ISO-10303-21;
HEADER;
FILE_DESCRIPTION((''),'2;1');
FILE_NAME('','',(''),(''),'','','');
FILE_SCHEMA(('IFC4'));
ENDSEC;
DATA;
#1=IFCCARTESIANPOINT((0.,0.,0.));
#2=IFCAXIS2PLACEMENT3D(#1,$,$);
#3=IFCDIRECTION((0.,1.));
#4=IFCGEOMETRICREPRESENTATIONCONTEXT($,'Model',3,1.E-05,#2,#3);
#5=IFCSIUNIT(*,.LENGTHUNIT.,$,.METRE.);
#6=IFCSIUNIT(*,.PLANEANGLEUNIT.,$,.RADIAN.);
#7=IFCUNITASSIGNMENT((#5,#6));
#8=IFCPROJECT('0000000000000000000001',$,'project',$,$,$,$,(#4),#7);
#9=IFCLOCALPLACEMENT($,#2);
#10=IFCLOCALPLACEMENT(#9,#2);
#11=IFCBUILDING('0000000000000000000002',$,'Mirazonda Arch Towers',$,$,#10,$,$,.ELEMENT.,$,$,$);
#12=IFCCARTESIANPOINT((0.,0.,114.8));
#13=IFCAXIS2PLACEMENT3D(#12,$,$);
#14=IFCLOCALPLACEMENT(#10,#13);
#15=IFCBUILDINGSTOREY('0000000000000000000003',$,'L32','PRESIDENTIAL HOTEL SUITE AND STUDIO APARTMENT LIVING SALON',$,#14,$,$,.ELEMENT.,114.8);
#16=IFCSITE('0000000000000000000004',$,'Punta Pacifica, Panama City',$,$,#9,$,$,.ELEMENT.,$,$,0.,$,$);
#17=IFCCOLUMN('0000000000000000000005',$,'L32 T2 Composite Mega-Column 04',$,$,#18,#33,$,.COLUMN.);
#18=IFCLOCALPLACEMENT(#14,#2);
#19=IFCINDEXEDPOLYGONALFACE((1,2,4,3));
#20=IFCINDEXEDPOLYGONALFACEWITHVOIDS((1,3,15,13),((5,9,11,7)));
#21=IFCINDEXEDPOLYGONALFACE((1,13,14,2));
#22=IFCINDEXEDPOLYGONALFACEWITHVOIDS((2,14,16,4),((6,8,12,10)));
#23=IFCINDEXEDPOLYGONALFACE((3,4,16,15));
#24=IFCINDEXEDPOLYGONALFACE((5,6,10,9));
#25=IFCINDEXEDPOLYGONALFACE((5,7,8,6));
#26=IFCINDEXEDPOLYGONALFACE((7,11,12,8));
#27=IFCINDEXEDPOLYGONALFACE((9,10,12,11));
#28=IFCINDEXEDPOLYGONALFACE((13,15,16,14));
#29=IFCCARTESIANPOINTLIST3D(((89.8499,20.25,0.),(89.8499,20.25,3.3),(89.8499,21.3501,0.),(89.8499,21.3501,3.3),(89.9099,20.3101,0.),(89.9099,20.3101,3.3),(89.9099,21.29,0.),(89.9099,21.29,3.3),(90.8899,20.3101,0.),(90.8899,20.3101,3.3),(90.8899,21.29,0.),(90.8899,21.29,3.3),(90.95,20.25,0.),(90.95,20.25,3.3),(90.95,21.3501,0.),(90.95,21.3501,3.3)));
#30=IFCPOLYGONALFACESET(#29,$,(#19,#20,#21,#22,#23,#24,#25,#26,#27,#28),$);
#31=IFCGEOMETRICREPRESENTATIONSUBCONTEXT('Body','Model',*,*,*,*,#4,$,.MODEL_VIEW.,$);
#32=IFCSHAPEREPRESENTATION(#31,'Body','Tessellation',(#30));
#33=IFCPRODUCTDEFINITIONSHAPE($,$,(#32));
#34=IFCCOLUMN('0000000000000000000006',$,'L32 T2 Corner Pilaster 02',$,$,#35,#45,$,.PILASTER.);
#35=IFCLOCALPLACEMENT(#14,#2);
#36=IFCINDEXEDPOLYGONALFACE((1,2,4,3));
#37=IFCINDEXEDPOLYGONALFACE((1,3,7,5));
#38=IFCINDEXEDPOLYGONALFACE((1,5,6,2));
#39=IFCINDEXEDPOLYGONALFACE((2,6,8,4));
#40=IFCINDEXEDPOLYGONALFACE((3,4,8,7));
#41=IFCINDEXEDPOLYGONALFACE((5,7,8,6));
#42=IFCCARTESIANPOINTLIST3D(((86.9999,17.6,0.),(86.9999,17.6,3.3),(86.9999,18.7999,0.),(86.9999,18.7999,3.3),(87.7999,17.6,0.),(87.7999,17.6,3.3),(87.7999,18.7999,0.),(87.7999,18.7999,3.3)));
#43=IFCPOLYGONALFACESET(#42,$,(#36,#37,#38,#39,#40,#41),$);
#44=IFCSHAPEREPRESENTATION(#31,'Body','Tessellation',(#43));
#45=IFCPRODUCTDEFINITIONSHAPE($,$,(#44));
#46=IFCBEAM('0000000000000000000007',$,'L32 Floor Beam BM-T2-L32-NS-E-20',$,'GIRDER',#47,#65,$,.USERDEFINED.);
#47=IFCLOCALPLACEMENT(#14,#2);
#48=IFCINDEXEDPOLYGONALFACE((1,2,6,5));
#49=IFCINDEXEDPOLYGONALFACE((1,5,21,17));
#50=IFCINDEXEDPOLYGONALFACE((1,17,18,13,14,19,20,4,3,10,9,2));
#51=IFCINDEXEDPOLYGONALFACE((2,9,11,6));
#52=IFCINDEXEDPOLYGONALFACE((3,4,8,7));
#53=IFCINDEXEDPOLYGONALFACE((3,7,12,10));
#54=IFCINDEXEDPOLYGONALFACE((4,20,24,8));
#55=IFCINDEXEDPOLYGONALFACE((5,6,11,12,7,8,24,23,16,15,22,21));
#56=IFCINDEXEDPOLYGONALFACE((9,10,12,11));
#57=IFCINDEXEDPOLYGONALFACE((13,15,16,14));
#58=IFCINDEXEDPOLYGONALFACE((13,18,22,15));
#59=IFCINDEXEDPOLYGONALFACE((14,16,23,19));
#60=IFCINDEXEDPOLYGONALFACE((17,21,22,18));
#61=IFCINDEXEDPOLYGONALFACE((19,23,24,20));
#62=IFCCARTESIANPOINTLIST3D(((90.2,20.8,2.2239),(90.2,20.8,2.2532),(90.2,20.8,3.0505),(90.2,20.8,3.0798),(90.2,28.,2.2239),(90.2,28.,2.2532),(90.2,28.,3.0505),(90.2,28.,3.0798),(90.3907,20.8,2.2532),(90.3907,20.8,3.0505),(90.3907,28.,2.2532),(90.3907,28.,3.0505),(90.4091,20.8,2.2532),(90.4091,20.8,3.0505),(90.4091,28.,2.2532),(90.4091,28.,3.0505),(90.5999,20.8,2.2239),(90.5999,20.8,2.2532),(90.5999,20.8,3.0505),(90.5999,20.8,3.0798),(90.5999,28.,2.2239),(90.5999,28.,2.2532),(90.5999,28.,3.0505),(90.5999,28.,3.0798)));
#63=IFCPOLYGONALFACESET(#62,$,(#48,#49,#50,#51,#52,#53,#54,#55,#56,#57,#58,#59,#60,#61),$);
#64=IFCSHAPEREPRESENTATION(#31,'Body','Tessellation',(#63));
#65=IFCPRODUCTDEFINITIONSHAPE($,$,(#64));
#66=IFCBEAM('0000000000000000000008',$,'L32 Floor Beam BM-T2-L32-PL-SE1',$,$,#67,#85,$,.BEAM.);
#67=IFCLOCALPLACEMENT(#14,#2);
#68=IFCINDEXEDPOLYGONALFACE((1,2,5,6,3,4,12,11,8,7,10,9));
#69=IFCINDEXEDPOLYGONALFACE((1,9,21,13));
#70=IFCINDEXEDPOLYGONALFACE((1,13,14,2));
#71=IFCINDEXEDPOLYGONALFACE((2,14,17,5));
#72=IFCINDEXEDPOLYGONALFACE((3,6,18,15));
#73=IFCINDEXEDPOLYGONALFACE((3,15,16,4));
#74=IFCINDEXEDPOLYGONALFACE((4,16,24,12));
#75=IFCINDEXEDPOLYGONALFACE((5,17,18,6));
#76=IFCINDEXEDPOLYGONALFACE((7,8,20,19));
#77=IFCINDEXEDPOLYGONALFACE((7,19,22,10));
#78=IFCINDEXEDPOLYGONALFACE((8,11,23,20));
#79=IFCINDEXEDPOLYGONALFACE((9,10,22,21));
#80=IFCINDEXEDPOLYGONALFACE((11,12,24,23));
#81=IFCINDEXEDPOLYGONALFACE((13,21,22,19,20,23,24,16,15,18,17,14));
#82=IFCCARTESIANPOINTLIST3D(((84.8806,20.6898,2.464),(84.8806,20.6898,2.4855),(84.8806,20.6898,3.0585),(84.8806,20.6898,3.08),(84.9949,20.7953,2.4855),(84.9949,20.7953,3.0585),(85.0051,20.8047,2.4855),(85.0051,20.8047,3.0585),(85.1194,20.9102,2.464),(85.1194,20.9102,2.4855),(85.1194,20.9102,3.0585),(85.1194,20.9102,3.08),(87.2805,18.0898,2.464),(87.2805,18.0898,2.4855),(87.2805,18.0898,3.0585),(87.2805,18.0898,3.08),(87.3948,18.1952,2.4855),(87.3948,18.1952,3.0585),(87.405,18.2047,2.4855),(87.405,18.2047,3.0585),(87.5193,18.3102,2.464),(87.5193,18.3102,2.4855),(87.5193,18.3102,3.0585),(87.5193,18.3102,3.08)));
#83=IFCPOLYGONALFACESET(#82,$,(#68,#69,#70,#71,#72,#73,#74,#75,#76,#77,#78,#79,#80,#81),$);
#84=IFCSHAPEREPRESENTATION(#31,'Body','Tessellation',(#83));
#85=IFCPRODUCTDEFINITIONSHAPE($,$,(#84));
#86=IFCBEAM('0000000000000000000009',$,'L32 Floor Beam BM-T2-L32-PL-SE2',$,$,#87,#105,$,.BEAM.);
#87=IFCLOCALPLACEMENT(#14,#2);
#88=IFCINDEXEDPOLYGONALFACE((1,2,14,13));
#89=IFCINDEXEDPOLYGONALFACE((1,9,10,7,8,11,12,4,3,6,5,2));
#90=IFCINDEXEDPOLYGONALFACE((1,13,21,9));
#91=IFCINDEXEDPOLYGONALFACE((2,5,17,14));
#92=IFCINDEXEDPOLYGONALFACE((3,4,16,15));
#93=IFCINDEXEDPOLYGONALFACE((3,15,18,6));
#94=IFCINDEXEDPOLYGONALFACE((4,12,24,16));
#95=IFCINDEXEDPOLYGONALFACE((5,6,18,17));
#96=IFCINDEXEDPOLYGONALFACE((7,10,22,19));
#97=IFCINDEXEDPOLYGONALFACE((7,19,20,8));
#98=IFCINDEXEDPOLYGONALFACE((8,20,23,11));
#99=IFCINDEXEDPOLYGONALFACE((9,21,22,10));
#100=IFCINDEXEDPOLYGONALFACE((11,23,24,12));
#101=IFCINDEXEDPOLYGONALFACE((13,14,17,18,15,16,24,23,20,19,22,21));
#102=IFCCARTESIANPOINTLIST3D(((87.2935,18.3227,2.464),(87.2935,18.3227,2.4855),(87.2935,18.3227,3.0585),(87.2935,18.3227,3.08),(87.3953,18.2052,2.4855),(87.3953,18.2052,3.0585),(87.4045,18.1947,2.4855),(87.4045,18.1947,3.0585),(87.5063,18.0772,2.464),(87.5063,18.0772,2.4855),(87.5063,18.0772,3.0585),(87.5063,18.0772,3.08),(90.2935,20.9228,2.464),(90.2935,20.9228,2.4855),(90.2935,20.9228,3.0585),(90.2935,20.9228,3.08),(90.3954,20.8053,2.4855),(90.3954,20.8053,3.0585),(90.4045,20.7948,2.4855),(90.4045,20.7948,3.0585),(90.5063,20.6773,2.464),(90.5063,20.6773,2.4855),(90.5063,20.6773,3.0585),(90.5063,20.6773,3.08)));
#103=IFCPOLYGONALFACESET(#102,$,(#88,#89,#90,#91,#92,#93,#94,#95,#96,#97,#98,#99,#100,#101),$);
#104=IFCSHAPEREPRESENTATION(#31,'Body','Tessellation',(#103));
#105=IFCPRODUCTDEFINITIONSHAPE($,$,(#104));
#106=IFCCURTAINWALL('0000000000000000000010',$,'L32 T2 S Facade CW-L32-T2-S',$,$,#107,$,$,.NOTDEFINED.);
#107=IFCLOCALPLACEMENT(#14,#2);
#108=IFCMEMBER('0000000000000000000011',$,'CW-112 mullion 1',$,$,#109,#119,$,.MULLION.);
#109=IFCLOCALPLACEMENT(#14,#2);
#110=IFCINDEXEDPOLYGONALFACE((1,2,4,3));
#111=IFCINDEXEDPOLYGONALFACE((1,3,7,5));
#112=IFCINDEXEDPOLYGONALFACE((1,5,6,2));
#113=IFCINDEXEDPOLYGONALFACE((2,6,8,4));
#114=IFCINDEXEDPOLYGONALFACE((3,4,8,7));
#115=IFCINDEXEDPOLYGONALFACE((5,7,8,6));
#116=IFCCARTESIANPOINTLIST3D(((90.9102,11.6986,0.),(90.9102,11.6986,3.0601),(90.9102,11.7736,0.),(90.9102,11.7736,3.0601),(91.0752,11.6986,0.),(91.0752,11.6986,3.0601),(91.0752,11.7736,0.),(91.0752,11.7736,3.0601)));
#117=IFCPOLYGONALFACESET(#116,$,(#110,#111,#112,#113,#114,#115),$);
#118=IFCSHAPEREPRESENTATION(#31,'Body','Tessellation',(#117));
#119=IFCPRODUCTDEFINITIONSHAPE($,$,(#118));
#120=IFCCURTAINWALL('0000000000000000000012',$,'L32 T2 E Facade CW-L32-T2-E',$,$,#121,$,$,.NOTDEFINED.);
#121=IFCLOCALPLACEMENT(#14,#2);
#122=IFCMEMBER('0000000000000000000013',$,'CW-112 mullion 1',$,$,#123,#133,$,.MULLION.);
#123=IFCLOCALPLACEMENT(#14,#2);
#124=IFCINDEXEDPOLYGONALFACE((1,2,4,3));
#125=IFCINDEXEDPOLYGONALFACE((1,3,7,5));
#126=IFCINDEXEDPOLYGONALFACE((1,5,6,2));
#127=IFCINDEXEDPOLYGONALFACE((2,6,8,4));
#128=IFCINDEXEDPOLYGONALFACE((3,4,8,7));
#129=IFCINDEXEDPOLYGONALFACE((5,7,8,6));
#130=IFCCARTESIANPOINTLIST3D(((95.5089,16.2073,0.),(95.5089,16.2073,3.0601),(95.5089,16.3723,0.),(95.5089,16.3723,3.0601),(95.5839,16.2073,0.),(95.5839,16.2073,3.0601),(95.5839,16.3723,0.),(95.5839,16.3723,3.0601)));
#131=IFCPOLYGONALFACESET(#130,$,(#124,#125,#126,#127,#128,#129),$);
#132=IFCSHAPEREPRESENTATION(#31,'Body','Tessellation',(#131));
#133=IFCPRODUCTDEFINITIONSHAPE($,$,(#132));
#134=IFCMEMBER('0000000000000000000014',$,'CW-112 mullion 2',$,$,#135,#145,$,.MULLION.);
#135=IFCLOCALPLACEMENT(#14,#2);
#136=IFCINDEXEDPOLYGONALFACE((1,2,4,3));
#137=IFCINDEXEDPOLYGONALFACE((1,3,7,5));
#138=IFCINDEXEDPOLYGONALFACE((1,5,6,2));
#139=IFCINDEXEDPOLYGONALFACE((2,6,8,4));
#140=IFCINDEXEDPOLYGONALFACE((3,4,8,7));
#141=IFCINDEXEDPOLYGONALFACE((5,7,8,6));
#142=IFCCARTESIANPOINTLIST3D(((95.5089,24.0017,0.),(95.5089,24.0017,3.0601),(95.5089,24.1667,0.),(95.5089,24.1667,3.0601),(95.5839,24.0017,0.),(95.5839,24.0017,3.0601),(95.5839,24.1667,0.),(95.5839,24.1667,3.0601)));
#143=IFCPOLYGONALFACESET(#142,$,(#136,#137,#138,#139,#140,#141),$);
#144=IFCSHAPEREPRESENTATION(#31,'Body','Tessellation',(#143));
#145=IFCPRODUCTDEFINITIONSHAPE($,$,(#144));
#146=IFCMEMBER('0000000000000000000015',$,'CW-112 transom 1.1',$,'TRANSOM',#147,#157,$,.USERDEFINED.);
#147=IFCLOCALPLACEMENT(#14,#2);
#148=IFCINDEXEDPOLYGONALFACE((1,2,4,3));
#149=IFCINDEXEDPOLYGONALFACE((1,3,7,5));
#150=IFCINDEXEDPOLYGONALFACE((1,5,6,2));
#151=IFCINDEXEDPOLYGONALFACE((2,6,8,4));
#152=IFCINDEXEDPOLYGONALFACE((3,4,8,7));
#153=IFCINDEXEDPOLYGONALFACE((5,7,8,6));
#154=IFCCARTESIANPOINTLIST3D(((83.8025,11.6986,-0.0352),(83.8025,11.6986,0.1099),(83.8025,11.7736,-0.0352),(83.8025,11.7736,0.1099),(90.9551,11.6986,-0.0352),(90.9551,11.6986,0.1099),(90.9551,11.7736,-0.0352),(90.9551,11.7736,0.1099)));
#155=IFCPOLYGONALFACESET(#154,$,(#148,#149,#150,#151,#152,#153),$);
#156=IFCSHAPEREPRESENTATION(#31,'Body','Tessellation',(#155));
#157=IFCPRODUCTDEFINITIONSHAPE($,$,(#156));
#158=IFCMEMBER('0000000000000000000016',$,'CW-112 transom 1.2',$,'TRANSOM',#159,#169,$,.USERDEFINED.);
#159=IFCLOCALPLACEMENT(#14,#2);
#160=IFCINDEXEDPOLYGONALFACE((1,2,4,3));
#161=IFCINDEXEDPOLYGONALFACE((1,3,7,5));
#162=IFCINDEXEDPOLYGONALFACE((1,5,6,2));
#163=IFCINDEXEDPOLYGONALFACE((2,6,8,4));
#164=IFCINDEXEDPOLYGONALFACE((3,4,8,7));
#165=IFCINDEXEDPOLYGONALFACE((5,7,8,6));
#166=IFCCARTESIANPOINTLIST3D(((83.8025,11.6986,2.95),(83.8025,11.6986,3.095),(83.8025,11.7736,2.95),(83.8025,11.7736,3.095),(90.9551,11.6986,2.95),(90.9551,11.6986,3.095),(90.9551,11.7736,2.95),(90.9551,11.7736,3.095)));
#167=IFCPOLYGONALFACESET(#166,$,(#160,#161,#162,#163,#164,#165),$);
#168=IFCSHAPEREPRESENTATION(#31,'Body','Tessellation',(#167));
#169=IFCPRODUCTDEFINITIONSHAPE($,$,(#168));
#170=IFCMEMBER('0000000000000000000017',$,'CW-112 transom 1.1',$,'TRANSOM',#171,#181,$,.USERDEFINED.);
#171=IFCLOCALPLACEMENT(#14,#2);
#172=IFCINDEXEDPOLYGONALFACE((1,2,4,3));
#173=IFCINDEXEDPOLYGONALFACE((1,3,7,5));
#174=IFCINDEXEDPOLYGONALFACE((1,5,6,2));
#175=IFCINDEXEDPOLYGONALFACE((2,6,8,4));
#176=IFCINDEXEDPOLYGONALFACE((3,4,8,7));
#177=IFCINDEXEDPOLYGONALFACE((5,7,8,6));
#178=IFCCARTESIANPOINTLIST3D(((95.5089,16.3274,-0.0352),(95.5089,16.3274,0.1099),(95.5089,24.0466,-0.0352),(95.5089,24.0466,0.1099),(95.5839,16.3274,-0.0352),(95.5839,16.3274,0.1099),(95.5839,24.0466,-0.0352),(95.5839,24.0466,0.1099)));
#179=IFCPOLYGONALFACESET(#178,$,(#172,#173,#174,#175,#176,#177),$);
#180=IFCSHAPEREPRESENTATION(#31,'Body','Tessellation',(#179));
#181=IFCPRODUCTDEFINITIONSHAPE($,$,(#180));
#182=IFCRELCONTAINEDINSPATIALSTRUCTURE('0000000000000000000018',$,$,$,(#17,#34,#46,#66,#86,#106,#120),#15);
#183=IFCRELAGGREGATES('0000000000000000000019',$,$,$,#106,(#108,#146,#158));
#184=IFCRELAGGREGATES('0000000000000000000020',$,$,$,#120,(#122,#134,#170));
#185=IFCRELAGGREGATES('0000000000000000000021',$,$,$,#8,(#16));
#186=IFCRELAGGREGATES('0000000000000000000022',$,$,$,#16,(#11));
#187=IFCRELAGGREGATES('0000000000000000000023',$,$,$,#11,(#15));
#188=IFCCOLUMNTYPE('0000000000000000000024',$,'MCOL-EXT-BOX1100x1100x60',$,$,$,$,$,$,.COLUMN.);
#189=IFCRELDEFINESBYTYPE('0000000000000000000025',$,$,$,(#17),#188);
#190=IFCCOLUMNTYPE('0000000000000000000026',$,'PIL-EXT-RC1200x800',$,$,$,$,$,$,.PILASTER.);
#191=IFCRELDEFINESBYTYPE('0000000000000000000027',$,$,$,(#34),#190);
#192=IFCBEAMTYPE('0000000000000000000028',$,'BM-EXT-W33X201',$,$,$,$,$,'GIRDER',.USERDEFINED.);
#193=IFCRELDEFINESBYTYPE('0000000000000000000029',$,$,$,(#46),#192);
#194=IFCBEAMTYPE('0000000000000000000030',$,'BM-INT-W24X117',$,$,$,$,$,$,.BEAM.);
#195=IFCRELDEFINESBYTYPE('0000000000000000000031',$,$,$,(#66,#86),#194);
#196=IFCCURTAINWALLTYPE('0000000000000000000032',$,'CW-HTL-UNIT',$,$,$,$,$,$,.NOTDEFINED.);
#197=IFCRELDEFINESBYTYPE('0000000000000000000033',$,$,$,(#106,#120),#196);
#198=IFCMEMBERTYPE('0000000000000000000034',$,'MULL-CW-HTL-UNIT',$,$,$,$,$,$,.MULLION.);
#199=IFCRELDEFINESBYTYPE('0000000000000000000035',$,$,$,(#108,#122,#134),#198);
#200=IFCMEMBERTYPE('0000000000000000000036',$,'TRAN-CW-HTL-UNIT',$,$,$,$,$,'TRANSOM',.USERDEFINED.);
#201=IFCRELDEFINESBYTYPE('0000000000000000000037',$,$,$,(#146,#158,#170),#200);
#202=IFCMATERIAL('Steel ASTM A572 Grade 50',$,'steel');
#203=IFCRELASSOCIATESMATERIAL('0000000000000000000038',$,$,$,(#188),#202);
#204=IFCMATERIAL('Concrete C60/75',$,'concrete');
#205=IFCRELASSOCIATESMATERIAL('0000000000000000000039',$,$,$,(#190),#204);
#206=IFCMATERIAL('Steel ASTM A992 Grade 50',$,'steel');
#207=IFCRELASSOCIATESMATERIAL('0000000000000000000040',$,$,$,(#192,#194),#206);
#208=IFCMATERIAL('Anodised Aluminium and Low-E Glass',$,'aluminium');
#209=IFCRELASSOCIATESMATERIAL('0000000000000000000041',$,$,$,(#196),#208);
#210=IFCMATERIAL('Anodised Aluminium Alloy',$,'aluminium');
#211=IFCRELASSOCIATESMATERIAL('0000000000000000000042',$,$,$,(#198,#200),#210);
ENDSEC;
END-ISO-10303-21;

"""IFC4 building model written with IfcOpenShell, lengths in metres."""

from ifc_helpers import new_model, si_unit, direction, frame, origin, origin_2d, place, context, subcontext, project, spatial, rectangle, hollow_rectangle, i_section, extrude, material, material_profile, profile_set, type_object, element, aggregate, save


model = new_model("IFC4")

# Units and contexts
model_context = context("Model", 3, precision=1e-05, world=origin(), true_north=direction((0.0, 1.0)))
body_context = subcontext(model_context, "Body", "Model", "MODEL_VIEW")
ifc_project = project(units=[si_unit("LENGTHUNIT", "METRE"), si_unit("PLANEANGLEUNIT", "RADIAN")], contexts=[model_context])

# Site, building, storey
site_placement = place(None, origin())
site = spatial("IfcSite", under=ifc_project, at=site_placement, Name="Punta Pacifica, Panama City", CompositionType="ELEMENT", RefElevation=0.0)
building_placement = place(site_placement, origin())
building = spatial("IfcBuilding", under=site, at=building_placement, Name="Mirazonda Arch Towers", CompositionType="ELEMENT")
storey_placement = place(building_placement, frame((0.0, 0.0, 114.8)))
storey = spatial("IfcBuildingStorey", under=building, at=storey_placement, Name="L32", Description="PRESIDENTIAL HOTEL SUITE AND STUDIO APARTMENT LIVING SALON", CompositionType="ELEMENT", Elevation=114.8)

# Columns
ifc_material_1 = material(Name="Steel ASTM A572 Grade 50", Category="steel")
ifc_material_profile_1 = material_profile(ifc_material_1, hollow_rectangle(XDim=1.1001, YDim=1.1001, WallThickness=0.0601, at=origin_2d()), Name="BOX1100x1100x60")
ifc_profile_set_1 = profile_set([ifc_material_profile_1], Name="Steel ASTM A572 Grade 50")
column_type_1 = type_object("IfcColumnType", Name="MCOL-EXT-BOX1100x1100x60", PredefinedType="COLUMN", material=ifc_profile_set_1)
column_1_placement = place(storey_placement, frame((90.3999, 20.8, 0.0), z_axis=(0.0, 0.0, 1.0), x_axis=(1.0, 0.0, 0.0)))
element("IfcColumn", 1, at=column_1_placement, inside=storey, type_object=column_type_1, Name="L32 T2 Composite Mega-Column 04", PredefinedType="COLUMN", context=body_context, shape_type="SweptSolid", body=[
    extrude(hollow_rectangle(XDim=1.1001, YDim=1.1001, WallThickness=0.0601, at=origin_2d()), origin(), (0.0, 0.0, 1.0), 3.3),
])
ifc_material_2 = material(Name="Concrete C60/75", Category="concrete")
ifc_material_profile_2 = material_profile(ifc_material_2, rectangle(XDim=0.8, YDim=1.2, at=origin_2d()), Name="RC1200x800")
ifc_profile_set_2 = profile_set([ifc_material_profile_2], Name="Concrete C60/75")
column_type_2 = type_object("IfcColumnType", Name="PIL-EXT-RC1200x800", PredefinedType="PILASTER", material=ifc_profile_set_2)
column_2_placement = place(storey_placement, frame((87.3999, 18.2, 0.0), z_axis=(0.0, 0.0, 1.0), x_axis=(1.0, 0.0, 0.0)))
element("IfcColumn", 2, at=column_2_placement, inside=storey, type_object=column_type_2, Name="L32 T2 Corner Pilaster 02", PredefinedType="PILASTER", context=body_context, shape_type="SweptSolid", body=[
    extrude(rectangle(XDim=0.8, YDim=1.2, at=origin_2d()), origin(), (0.0, 0.0, 1.0), 3.3),
])

# Beams
ifc_material_3 = material(Name="Steel ASTM A992 Grade 50", Category="steel")
ifc_material_profile_3 = material_profile(ifc_material_3, i_section(OverallWidth=0.3999, OverallDepth=0.856, WebThickness=0.0183, FlangeThickness=0.0293, at=origin_2d()), Name="W33X201")
ifc_profile_set_3 = profile_set([ifc_material_profile_3], Name="Steel ASTM A992 Grade 50")
beam_type_1 = type_object("IfcBeamType", Name="BM-EXT-W33X201", ElementType="GIRDER", PredefinedType="USERDEFINED", material=ifc_profile_set_3)
beam_1_placement = place(storey_placement, frame((90.3999, 20.8, 2.6519), z_axis=(0.0, 1.0, 0.0), x_axis=(-1.0, 0.0, 0.0)))
element("IfcBeam", 3, at=beam_1_placement, inside=storey, type_object=beam_type_1, Name="L32 Floor Beam BM-T2-L32-NS-E-20", ObjectType="GIRDER", PredefinedType="USERDEFINED", context=body_context, shape_type="SweptSolid", body=[
    extrude(i_section(OverallWidth=0.3999, OverallDepth=0.856, WebThickness=0.0183, FlangeThickness=0.0293, at=origin_2d()), origin(), (0.0, 0.0, 1.0), 7.2),
])
ifc_material_profile_4 = material_profile(ifc_material_3, i_section(OverallWidth=0.325, OverallDepth=0.616, WebThickness=0.0139, FlangeThickness=0.0215, at=origin_2d()), Name="W24X117")
ifc_profile_set_4 = profile_set([ifc_material_profile_4], Name="Steel ASTM A992 Grade 50")
beam_type_2 = type_object("IfcBeamType", Name="BM-INT-W24X117", PredefinedType="BEAM", material=ifc_profile_set_4)
beam_2_placement = place(storey_placement, frame((87.3999, 18.2, 2.772), z_axis=(-0.678251, 0.73483, 0.0), x_axis=(-0.73483, -0.678251, 0.0)))
element("IfcBeam", 4, at=beam_2_placement, inside=storey, type_object=beam_type_2, Name="L32 Floor Beam BM-T2-L32-PL-SE1", PredefinedType="BEAM", context=body_context, shape_type="SweptSolid", body=[
    extrude(i_section(OverallWidth=0.325, OverallDepth=0.616, WebThickness=0.0139, FlangeThickness=0.0215, at=origin_2d()), origin(), (0.0, 0.0, 1.0), 3.5383),
])
beam_3_placement = place(storey_placement, frame((87.3999, 18.2, 2.772), z_axis=(0.755677, 0.654945, 0.0), x_axis=(-0.654945, 0.755677, 0.0)))
element("IfcBeam", 5, at=beam_3_placement, inside=storey, type_object=beam_type_2, Name="L32 Floor Beam BM-T2-L32-PL-SE2", PredefinedType="BEAM", context=body_context, shape_type="SweptSolid", body=[
    extrude(i_section(OverallWidth=0.325, OverallDepth=0.616, WebThickness=0.0139, FlangeThickness=0.0215, at=origin_2d()), origin(), (0.0, 0.0, 1.0), 3.97),
])

# Curtain wall, member
ifc_material_4 = material(Name="Anodised Aluminium and Low-E Glass", Category="aluminium")
curtain_wall_type = type_object("IfcCurtainWallType", Name="CW-HTL-UNIT", PredefinedType="NOTDEFINED", material=ifc_material_4)
curtain_wall_1_placement = place(storey_placement, origin())
curtain_wall_1 = element("IfcCurtainWall", 6, at=curtain_wall_1_placement, inside=storey, type_object=curtain_wall_type, Name="L32 T2 S Facade CW-L32-T2-S", PredefinedType="NOTDEFINED")
ifc_material_5 = material(Name="Anodised Aluminium Alloy", Category="aluminium")
ifc_material_profile_5 = material_profile(ifc_material_5, rectangle(XDim=0.075, YDim=0.165, at=origin_2d()), Name="ALU-MULL-75x165")
ifc_profile_set_5 = profile_set([ifc_material_profile_5], Name="Anodised Aluminium Alloy")
member_type_1 = type_object("IfcMemberType", Name="MULL-CW-HTL-UNIT", PredefinedType="MULLION", material=ifc_profile_set_5)
member_1_placement = place(storey_placement, frame((90.9927, 11.7361, 0.0), z_axis=(0.0, 0.0, 1.0), x_axis=(0.0, -1.0, 0.0)))
member_1 = element("IfcMember", 7, at=member_1_placement, type_object=member_type_1, Name="CW-112 mullion 1", PredefinedType="MULLION", context=body_context, shape_type="SweptSolid", body=[
    extrude(rectangle(XDim=0.075, YDim=0.165, at=origin_2d()), origin(), (0.0, 0.0, 1.0), 3.0601),
])

# Curtain wall, members
curtain_wall_2_placement = place(storey_placement, origin())
curtain_wall_2 = element("IfcCurtainWall", 8, at=curtain_wall_2_placement, inside=storey, type_object=curtain_wall_type, Name="L32 T2 E Facade CW-L32-T2-E", PredefinedType="NOTDEFINED")
member_2_placement = place(storey_placement, frame((95.5464, 16.2898, 0.0), z_axis=(0.0, 0.0, 1.0), x_axis=(-1.0, 0.0, 0.0)))
member_2 = element("IfcMember", 9, at=member_2_placement, type_object=member_type_1, Name="CW-112 mullion 1", PredefinedType="MULLION", context=body_context, shape_type="SweptSolid", body=[
    extrude(rectangle(XDim=0.075, YDim=0.165, at=origin_2d()), origin(), (0.0, 0.0, 1.0), 3.0601),
])
member_3_placement = place(storey_placement, frame((95.5464, 24.0842, 0.0), z_axis=(0.0, 0.0, 1.0), x_axis=(-1.0, 0.0, 0.0)))
member_3 = element("IfcMember", 10, at=member_3_placement, type_object=member_type_1, Name="CW-112 mullion 2", PredefinedType="MULLION", context=body_context, shape_type="SweptSolid", body=[
    extrude(rectangle(XDim=0.075, YDim=0.165, at=origin_2d()), origin(), (0.0, 0.0, 1.0), 3.0601),
])

# Members
ifc_material_profile_6 = material_profile(ifc_material_5, rectangle(XDim=0.075, YDim=0.145, at=origin_2d()), Name="ALU-TRAN-75x145")
ifc_profile_set_6 = profile_set([ifc_material_profile_6], Name="Anodised Aluminium Alloy")
member_type_2 = type_object("IfcMemberType", Name="TRAN-CW-HTL-UNIT", ElementType="TRANSOM", PredefinedType="USERDEFINED", material=ifc_profile_set_6)
member_4_placement = place(storey_placement, frame((90.9551, 11.7361, 0.0374), z_axis=(-1.0, 0.0, 0.0), x_axis=(0.0, -1.0, 0.0)))
member_4 = element("IfcMember", 11, at=member_4_placement, type_object=member_type_2, Name="CW-112 transom 1.1", ObjectType="TRANSOM", PredefinedType="USERDEFINED", context=body_context, shape_type="SweptSolid", body=[
    extrude(rectangle(XDim=0.075, YDim=0.145, at=origin_2d()), origin(), (0.0, 0.0, 1.0), 7.1526),
])
member_5_placement = place(storey_placement, frame((90.9551, 11.7361, 3.0225), z_axis=(-1.0, 0.0, 0.0), x_axis=(0.0, -1.0, 0.0)))
member_5 = element("IfcMember", 12, at=member_5_placement, type_object=member_type_2, Name="CW-112 transom 1.2", ObjectType="TRANSOM", PredefinedType="USERDEFINED", context=body_context, shape_type="SweptSolid", body=[
    extrude(rectangle(XDim=0.075, YDim=0.145, at=origin_2d()), origin(), (0.0, 0.0, 1.0), 7.1526),
])
member_6_placement = place(storey_placement, frame((95.5464, 16.3274, 0.0374), z_axis=(0.0, 1.0, 0.0), x_axis=(-1.0, 0.0, 0.0)))
member_6 = element("IfcMember", 13, at=member_6_placement, type_object=member_type_2, Name="CW-112 transom 1.1", ObjectType="TRANSOM", PredefinedType="USERDEFINED", context=body_context, shape_type="SweptSolid", body=[
    extrude(rectangle(XDim=0.075, YDim=0.145, at=origin_2d()), origin(), (0.0, 0.0, 1.0), 7.7192),
])

aggregate(curtain_wall_1, [member_1, member_4, member_5])
aggregate(curtain_wall_2, [member_2, member_3, member_6])

save(model, "model.ifc")
